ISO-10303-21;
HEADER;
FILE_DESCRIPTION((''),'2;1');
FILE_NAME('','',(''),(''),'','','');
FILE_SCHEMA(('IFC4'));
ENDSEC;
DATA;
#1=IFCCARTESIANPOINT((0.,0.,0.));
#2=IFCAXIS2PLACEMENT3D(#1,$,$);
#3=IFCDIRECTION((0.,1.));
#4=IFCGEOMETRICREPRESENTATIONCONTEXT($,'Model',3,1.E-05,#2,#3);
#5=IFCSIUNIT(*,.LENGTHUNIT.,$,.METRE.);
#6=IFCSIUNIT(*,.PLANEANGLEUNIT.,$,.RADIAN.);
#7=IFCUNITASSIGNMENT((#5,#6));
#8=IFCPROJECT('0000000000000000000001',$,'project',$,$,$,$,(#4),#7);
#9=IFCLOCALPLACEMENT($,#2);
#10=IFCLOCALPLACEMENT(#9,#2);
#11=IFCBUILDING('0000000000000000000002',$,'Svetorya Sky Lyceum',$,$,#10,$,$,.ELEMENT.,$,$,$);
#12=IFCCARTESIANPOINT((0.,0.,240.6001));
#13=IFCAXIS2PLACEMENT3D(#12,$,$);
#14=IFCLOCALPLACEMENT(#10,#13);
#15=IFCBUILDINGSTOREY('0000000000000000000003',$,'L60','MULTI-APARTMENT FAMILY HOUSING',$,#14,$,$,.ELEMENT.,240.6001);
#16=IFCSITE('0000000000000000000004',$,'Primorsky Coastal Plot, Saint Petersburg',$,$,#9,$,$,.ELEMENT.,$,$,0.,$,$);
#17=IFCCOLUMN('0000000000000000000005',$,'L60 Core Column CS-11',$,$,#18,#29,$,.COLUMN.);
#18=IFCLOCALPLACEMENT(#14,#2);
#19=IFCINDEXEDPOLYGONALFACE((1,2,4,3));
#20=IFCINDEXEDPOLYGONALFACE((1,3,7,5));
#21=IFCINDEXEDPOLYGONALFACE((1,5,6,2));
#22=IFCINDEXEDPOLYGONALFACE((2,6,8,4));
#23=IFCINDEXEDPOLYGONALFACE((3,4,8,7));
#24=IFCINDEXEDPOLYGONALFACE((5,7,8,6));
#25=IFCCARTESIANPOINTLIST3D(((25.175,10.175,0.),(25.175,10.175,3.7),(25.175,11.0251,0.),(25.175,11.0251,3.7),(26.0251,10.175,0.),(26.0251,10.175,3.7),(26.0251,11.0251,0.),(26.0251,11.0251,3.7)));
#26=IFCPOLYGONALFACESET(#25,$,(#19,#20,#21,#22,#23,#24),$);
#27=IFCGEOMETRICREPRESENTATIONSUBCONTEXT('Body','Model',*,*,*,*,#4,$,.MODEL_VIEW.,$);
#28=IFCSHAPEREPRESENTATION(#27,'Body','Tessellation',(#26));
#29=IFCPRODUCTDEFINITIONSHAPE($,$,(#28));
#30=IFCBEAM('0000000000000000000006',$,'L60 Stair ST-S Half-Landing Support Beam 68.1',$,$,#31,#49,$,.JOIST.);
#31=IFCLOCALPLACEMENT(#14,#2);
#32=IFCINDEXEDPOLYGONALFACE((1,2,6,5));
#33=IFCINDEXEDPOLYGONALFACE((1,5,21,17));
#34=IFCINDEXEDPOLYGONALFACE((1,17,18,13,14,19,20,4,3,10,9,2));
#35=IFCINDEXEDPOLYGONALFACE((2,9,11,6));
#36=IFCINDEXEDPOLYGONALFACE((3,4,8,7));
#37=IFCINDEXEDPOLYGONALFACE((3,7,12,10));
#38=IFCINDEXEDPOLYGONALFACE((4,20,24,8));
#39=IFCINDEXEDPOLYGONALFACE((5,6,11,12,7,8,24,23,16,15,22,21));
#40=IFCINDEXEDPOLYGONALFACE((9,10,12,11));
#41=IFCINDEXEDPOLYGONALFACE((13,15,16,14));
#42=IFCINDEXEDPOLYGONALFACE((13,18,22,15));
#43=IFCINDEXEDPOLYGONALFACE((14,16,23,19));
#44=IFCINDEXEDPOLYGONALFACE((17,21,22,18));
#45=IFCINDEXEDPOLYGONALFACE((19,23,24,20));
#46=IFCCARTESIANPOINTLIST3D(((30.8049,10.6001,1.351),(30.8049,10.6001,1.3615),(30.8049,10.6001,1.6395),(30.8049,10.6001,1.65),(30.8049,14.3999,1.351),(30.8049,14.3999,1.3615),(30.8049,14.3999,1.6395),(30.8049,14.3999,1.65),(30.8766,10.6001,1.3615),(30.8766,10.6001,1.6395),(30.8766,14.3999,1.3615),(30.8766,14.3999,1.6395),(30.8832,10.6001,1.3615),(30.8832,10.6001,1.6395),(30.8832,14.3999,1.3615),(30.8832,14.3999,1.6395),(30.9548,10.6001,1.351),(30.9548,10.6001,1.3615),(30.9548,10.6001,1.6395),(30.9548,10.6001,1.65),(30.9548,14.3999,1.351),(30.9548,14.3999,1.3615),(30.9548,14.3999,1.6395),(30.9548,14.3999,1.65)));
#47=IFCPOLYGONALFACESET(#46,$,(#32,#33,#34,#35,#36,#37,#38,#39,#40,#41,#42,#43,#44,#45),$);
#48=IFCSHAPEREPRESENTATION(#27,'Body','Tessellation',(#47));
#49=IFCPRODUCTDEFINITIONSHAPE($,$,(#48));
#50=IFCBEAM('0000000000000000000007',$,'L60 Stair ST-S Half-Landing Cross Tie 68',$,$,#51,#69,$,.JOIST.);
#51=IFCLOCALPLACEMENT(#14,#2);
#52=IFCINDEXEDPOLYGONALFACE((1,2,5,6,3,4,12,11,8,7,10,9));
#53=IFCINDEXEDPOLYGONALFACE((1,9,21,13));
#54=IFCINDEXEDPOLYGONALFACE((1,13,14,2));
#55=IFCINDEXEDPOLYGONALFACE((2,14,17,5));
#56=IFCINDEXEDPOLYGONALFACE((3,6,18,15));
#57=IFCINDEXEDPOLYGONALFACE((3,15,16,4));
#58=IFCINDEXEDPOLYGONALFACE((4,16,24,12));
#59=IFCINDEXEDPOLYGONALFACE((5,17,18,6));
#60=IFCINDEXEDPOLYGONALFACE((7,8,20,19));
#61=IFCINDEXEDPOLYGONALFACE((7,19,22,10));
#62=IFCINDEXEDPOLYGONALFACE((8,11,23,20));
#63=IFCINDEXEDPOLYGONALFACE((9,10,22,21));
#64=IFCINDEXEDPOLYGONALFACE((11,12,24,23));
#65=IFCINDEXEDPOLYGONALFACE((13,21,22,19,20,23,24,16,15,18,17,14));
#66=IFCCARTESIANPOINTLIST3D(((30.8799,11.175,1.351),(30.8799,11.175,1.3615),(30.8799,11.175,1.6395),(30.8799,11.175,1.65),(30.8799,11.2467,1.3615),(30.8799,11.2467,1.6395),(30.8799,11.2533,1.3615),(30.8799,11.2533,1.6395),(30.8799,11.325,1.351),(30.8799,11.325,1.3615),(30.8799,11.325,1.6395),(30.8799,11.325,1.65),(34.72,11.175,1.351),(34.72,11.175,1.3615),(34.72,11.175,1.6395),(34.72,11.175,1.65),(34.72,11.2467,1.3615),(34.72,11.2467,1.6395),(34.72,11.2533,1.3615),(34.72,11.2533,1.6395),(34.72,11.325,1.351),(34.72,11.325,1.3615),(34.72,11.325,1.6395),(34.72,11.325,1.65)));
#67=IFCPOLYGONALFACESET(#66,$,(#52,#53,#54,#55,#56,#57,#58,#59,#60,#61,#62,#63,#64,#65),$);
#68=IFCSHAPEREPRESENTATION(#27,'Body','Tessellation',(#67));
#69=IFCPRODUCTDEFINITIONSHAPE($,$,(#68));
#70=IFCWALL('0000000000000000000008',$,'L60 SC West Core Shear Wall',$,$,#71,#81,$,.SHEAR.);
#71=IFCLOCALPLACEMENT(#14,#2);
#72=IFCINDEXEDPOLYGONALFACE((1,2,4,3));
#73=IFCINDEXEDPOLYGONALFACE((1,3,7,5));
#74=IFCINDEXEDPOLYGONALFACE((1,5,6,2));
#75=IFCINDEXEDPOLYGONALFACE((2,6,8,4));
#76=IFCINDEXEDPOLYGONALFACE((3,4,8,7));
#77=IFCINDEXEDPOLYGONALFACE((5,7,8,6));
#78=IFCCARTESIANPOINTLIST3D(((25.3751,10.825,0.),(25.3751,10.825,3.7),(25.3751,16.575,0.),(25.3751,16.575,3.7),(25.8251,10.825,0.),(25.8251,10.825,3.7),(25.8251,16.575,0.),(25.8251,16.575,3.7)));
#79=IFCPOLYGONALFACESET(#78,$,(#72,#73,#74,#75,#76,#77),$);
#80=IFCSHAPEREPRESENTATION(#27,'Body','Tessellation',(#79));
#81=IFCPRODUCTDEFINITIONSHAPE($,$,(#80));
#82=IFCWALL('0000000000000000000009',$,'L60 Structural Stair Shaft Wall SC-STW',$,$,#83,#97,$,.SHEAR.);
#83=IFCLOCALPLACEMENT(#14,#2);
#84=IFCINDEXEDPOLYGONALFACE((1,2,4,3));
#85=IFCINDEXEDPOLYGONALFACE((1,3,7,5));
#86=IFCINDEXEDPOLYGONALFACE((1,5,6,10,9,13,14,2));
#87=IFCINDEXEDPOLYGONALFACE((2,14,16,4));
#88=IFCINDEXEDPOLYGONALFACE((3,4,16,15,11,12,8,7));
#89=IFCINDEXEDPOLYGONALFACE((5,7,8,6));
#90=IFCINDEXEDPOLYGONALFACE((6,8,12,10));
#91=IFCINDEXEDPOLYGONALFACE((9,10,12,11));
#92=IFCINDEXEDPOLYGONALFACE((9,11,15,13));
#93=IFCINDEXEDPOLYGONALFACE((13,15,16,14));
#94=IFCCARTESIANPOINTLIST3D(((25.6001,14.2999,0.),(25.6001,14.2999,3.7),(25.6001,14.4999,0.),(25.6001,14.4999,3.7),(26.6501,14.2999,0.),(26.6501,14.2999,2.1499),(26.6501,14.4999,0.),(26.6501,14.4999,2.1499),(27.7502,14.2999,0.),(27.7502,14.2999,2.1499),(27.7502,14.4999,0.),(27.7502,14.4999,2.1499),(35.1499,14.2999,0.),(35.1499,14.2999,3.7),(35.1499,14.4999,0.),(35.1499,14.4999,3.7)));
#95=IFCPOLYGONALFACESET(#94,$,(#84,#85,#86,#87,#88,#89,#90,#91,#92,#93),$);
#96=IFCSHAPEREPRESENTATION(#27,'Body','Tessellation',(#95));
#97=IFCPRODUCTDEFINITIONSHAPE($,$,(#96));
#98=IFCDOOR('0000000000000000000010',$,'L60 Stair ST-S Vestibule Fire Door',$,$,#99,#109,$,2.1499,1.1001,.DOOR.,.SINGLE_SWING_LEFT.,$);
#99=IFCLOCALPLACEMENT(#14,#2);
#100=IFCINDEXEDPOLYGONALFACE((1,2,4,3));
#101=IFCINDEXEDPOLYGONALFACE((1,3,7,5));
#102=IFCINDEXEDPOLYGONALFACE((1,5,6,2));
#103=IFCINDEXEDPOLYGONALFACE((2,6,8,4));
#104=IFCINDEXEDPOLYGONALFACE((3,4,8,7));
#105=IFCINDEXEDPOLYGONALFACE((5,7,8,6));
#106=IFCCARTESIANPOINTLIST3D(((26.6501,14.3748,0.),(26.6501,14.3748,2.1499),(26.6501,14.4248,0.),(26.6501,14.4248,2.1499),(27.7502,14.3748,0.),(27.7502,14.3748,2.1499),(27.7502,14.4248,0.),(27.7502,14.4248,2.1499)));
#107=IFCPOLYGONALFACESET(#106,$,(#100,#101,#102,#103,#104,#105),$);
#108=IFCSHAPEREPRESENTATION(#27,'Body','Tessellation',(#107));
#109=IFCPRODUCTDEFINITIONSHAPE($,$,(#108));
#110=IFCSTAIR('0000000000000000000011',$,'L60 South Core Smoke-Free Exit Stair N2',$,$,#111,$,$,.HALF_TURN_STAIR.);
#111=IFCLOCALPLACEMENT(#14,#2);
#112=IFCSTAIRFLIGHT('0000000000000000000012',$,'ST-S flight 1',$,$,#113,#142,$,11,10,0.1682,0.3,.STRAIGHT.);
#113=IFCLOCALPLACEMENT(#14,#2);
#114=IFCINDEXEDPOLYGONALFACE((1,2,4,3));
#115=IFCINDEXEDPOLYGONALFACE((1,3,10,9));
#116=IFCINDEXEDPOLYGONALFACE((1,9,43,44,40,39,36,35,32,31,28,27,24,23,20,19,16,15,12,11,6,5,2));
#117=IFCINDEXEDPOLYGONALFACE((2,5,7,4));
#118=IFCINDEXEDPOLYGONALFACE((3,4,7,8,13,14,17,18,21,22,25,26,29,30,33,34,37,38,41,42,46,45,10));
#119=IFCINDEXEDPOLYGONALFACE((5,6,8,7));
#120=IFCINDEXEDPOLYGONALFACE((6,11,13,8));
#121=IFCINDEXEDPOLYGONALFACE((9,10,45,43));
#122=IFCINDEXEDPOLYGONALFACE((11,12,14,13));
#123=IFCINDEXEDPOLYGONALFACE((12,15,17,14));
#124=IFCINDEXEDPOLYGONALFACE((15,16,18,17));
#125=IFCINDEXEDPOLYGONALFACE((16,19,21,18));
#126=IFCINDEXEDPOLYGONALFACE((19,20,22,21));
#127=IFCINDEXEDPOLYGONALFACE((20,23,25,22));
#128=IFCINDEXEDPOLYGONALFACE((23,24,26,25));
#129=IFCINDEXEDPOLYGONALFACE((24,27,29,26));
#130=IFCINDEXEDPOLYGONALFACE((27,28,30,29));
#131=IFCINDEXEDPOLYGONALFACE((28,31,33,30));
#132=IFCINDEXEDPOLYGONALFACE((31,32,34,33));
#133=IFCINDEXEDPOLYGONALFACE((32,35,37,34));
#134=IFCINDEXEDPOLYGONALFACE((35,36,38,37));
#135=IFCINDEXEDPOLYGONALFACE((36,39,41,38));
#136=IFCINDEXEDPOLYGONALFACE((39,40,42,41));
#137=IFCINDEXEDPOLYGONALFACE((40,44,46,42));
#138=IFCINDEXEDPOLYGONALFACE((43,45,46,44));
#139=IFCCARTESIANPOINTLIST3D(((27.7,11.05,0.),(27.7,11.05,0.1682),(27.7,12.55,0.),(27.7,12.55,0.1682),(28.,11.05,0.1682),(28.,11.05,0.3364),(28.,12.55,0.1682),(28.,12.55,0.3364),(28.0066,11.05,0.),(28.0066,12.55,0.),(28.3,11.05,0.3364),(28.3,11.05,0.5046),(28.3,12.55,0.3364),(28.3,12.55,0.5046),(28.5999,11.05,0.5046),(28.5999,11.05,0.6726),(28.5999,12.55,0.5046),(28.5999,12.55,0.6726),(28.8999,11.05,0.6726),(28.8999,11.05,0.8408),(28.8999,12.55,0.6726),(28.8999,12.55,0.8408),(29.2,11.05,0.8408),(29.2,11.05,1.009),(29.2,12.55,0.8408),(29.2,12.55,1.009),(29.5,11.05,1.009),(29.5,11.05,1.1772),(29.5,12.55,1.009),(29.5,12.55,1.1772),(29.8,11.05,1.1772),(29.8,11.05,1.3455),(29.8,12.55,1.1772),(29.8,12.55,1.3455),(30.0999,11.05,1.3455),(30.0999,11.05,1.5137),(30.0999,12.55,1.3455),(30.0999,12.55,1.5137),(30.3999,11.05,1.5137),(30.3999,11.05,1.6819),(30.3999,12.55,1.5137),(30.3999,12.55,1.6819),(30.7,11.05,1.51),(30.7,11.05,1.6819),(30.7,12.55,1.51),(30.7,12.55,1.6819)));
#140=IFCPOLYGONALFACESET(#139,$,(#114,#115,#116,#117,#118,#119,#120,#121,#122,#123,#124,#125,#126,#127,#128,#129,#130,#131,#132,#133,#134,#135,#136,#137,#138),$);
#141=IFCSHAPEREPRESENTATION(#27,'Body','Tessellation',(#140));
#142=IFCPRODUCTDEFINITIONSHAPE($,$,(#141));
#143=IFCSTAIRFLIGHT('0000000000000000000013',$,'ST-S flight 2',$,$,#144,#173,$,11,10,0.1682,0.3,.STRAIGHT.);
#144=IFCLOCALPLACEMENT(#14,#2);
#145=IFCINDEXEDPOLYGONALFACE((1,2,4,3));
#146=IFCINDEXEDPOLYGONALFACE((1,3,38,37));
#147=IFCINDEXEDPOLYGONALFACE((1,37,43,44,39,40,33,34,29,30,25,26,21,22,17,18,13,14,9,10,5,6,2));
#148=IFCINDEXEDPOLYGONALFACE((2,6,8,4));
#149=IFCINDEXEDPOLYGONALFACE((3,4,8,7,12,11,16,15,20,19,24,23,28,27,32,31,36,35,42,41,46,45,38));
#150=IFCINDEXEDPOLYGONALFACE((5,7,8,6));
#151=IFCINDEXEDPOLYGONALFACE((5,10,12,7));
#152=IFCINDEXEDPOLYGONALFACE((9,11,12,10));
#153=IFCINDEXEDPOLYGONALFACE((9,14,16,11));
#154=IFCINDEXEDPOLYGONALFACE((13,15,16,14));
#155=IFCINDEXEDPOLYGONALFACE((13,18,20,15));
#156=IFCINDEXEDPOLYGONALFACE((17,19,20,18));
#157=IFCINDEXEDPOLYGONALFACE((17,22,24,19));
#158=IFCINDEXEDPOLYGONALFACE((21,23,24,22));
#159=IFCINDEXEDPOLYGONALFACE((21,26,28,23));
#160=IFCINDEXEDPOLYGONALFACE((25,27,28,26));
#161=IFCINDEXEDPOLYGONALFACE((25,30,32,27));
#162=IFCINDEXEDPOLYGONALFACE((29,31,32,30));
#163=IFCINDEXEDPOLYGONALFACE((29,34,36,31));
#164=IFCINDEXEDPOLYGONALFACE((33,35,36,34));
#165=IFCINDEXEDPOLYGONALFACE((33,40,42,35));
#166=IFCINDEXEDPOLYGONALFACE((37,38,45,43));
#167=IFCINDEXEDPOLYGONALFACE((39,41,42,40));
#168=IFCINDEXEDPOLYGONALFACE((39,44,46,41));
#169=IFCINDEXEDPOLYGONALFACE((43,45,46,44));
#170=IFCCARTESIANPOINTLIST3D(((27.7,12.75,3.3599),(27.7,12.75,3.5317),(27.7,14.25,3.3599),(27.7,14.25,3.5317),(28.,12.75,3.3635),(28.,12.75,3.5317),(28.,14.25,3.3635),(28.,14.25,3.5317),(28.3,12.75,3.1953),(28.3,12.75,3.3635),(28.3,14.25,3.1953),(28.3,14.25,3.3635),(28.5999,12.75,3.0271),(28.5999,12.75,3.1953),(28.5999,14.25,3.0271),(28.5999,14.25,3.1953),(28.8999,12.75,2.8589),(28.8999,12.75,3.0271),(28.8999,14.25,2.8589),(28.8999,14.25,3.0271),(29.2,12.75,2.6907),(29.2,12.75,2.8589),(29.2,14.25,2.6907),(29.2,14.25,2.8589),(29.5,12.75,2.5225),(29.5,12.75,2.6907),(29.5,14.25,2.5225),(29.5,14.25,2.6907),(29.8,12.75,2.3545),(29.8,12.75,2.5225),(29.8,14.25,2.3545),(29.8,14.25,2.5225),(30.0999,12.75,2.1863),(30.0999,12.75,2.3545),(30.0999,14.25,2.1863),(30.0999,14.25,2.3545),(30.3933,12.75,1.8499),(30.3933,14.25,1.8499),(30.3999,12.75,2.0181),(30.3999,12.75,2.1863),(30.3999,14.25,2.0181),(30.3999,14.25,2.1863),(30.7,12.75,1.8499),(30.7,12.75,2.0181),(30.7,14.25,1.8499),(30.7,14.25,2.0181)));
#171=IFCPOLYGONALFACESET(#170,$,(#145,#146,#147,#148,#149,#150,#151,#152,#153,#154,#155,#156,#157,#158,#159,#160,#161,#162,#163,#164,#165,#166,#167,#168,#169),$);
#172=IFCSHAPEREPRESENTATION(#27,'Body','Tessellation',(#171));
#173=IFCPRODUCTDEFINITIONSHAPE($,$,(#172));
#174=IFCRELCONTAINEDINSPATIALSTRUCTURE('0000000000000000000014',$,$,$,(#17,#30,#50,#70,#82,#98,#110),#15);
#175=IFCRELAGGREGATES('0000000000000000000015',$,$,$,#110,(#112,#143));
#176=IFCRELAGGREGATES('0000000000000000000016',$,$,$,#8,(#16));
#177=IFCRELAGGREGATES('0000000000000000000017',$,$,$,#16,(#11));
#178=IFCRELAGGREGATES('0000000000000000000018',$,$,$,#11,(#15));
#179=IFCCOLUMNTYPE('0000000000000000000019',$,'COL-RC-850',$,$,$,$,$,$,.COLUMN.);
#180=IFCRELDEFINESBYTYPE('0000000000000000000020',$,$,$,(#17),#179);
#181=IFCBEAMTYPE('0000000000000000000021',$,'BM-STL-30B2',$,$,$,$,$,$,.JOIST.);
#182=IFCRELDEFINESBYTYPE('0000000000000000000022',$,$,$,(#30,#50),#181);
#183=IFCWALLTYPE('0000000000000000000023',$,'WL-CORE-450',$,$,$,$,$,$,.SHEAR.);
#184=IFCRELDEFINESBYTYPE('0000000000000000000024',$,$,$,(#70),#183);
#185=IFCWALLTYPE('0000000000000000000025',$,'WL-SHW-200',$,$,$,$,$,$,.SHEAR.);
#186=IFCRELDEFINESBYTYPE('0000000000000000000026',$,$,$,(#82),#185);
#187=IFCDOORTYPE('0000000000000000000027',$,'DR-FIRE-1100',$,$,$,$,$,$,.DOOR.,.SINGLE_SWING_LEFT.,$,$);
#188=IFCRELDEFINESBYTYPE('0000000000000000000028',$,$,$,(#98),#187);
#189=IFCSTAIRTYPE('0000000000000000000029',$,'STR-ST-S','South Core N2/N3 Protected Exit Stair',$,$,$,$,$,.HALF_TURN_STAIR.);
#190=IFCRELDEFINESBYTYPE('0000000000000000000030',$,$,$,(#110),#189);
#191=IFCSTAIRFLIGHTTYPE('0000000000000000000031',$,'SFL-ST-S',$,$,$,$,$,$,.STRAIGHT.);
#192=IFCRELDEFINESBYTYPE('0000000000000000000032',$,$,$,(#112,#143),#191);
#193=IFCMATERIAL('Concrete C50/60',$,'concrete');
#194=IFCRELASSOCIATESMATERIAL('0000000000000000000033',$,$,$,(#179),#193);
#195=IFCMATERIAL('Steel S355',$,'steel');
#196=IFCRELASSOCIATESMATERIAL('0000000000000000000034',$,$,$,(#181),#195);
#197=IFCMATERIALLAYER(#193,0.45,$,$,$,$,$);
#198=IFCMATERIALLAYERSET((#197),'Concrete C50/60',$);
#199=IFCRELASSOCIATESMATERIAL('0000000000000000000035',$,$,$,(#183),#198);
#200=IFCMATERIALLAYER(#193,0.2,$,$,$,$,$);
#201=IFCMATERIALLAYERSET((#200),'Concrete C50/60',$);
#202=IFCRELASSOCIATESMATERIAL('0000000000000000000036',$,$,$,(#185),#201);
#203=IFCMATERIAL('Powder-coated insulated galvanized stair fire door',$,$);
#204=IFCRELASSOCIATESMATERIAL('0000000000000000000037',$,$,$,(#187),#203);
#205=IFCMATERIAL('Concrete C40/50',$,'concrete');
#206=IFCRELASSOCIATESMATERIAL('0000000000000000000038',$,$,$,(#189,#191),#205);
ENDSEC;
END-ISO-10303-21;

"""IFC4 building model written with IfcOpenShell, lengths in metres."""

from ifc_helpers import new_model, si_unit, direction, frame, frame_2d, origin, origin_2d, place, context, subcontext, project, spatial, polyline, rectangle, i_section, outline, extrude, material, layer, layer_set, material_profile, profile_set, type_object, element, fill, aggregate, save


model = new_model("IFC4")

# Units and contexts
model_context = context("Model", 3, precision=1e-05, world=origin(), true_north=direction((0.0, 1.0)))
body_context = subcontext(model_context, "Body", "Model", "MODEL_VIEW")
ifc_project = project(units=[si_unit("LENGTHUNIT", "METRE"), si_unit("PLANEANGLEUNIT", "RADIAN")], contexts=[model_context])

# Site, building, storey
site_placement = place(None, origin())
site = spatial("IfcSite", under=ifc_project, at=site_placement, Name="Primorsky Coastal Plot, Saint Petersburg", CompositionType="ELEMENT", RefElevation=0.0)
building_placement = place(site_placement, origin())
building = spatial("IfcBuilding", under=site, at=building_placement, Name="Svetorya Sky Lyceum", CompositionType="ELEMENT")
storey_placement = place(building_placement, frame((0.0, 0.0, 240.6001)))
storey = spatial("IfcBuildingStorey", under=building, at=storey_placement, Name="L60", Description="MULTI-APARTMENT FAMILY HOUSING", CompositionType="ELEMENT", Elevation=240.6001)

# Column
ifc_material_1 = material(Name="Concrete C50/60", Category="concrete")
ifc_material_profile_1 = material_profile(ifc_material_1, rectangle(XDim=0.8501, YDim=0.8501, at=origin_2d()), Name="RC COL 850x850")
ifc_profile_set_1 = profile_set([ifc_material_profile_1], Name="Concrete C50/60")
column_type = type_object("IfcColumnType", Name="COL-RC-850", PredefinedType="COLUMN", material=ifc_profile_set_1)
column_placement = place(storey_placement, frame((25.6001, 10.6001, 0.0), z_axis=(0.0, 0.0, 1.0), x_axis=(1.0, 0.0, 0.0)))
element("IfcColumn", 1, at=column_placement, inside=storey, type_object=column_type, Name="L60 Core Column CS-11", PredefinedType="COLUMN", context=body_context, shape_type="SweptSolid", body=[
    extrude(rectangle(XDim=0.8501, YDim=0.8501, at=origin_2d()), origin(), (0.0, 0.0, 1.0), 3.7),
])

# Beams
ifc_material_2 = material(Name="Steel S355", Category="steel")
ifc_material_profile_2 = material_profile(ifc_material_2, i_section(OverallWidth=0.1499, OverallDepth=0.2991, WebThickness=0.0066, FlangeThickness=0.0105, at=origin_2d()), Name="GOST 30B2")
ifc_profile_set_2 = profile_set([ifc_material_profile_2], Name="Steel S355")
beam_type = type_object("IfcBeamType", Name="BM-STL-30B2", PredefinedType="JOIST", material=ifc_profile_set_2)
beam_1_placement = place(storey_placement, frame((30.8799, 10.6001, 1.5005), z_axis=(0.0, 1.0, 0.0), x_axis=(-1.0, 0.0, 0.0)))
element("IfcBeam", 2, at=beam_1_placement, inside=storey, type_object=beam_type, Name="L60 Stair ST-S Half-Landing Support Beam 68.1", PredefinedType="JOIST", context=body_context, shape_type="SweptSolid", body=[
    extrude(i_section(OverallWidth=0.1499, OverallDepth=0.2991, WebThickness=0.0066, FlangeThickness=0.0105, at=origin_2d()), origin(), (0.0, 0.0, 1.0), 3.7998),
])
beam_2_placement = place(storey_placement, frame((30.8799, 11.25, 1.5005), z_axis=(1.0, 0.0, 0.0), x_axis=(0.0, 1.0, 0.0)))
element("IfcBeam", 3, at=beam_2_placement, inside=storey, type_object=beam_type, Name="L60 Stair ST-S Half-Landing Cross Tie 68", PredefinedType="JOIST", context=body_context, shape_type="SweptSolid", body=[
    extrude(i_section(OverallWidth=0.1499, OverallDepth=0.2991, WebThickness=0.0066, FlangeThickness=0.0105, at=origin_2d()), origin(), (0.0, 0.0, 1.0), 3.8401),
])

# Wall
ifc_layer_1 = layer(ifc_material_1, 0.45)
ifc_layer_set_1 = layer_set([ifc_layer_1], Name="Concrete C50/60")
wall_type_1 = type_object("IfcWallType", Name="WL-CORE-450", PredefinedType="SHEAR", material=ifc_layer_set_1)
wall_1_placement = place(storey_placement, frame((25.6001, 10.825, 0.0), z_axis=(0.0, 0.0, 1.0), x_axis=(0.0, 1.0, 0.0)))
element("IfcWall", 4, at=wall_1_placement, inside=storey, type_object=wall_type_1, Name="L60 SC West Core Shear Wall", PredefinedType="SHEAR", context=body_context, shape_type="SweptSolid", body=[
    extrude(rectangle(XDim=5.75, YDim=0.45, at=frame_2d((2.875, 0.0))), origin(), (0.0, 0.0, 1.0), 3.7),
])

# Wall, opening, door
ifc_layer_2 = layer(ifc_material_1, 0.2)
ifc_layer_set_2 = layer_set([ifc_layer_2], Name="Concrete C50/60")
wall_type_2 = type_object("IfcWallType", Name="WL-SHW-200", PredefinedType="SHEAR", material=ifc_layer_set_2)
wall_2_placement = place(storey_placement, frame((25.6001, 14.3999, 0.0), z_axis=(0.0, 0.0, 1.0), x_axis=(1.0, 0.0, 0.0)))
wall_2 = element("IfcWall", 5, at=wall_2_placement, inside=storey, type_object=wall_type_2, Name="L60 Structural Stair Shaft Wall SC-STW", PredefinedType="SHEAR", context=body_context, shape_type="SweptSolid", body=[
    extrude(rectangle(XDim=9.5498, YDim=0.2, at=frame_2d((4.7749, 0.0))), origin(), (0.0, 0.0, 1.0), 3.7),
])
opening_placement = place(wall_2_placement, frame((1.05, 0.0, 0.0)))
opening = element("IfcOpeningElement", 6, at=opening_placement, cuts=wall_2, PredefinedType="OPENING", context=body_context, shape_type="SweptSolid", body=[
    extrude(rectangle(XDim=1.1001, YDim=2.1499, at=frame_2d((0.55, 1.075))), frame((0.0, 0.1099, 0.0), z_axis=(0.0, -1.0, 0.0), x_axis=(1.0, 0.0, 0.0)), (0.0, 0.0, 1.0), 0.22),
])
ifc_material_3 = material(Name="Powder-coated insulated galvanized stair fire door")
door_type = type_object("IfcDoorType", Name="DR-FIRE-1100", OperationType="SINGLE_SWING_LEFT", PredefinedType="DOOR", material=ifc_material_3)
door_placement = place(opening_placement, origin())
door = element("IfcDoor", 7, at=door_placement, inside=storey, type_object=door_type, Name="L60 Stair ST-S Vestibule Fire Door", OperationType="SINGLE_SWING_LEFT", OverallHeight=2.1499, OverallWidth=1.1001, PredefinedType="DOOR", context=body_context, shape_type="SweptSolid", body=[
    extrude(rectangle(XDim=1.1001, YDim=2.1499, at=frame_2d((0.55, 1.075))), frame((0.0, 0.0249, 0.0), z_axis=(0.0, -1.0, 0.0), x_axis=(1.0, 0.0, 0.0)), (0.0, 0.0, 1.0), 0.05),
])
fill(opening, door)

# Stair, stair flights
ifc_material_4 = material(Name="Concrete C40/50", Category="concrete")
stair_type = type_object("IfcStairType", Name="STR-ST-S", Description="South Core N2/N3 Protected Exit Stair", PredefinedType="HALF_TURN_STAIR", material=ifc_material_4)
stair_placement = place(storey_placement, origin())
stair = element("IfcStair", 8, at=stair_placement, inside=storey, type_object=stair_type, Name="L60 South Core Smoke-Free Exit Stair N2", PredefinedType="HALF_TURN_STAIR")
stair_flight_type = type_object("IfcStairFlightType", Name="SFL-ST-S", PredefinedType="STRAIGHT", material=ifc_material_4)
stair_flight_1_placement = place(storey_placement, frame((27.7, 11.8, 0.0), z_axis=(0.0, 0.0, 1.0), x_axis=(1.0, 0.0, 0.0)))
stair_flight_1 = element("IfcStairFlight", 9, at=stair_flight_1_placement, type_object=stair_flight_type, Name="ST-S flight 1", NumberOfRisers=11, NumberOfTreads=10, PredefinedType="STRAIGHT", RiserHeight=0.1682, TreadLength=0.3, context=body_context, shape_type="SweptSolid", body=[
    extrude(outline(polyline([(0.0, 0.0), (0.0, 0.1682), (0.3, 0.1682), (0.3, 0.3364), (0.6001, 0.3364), (0.6001, 0.5046), (0.8999, 0.5046), (0.8999, 0.6726), (1.2, 0.6726), (1.2, 0.8408), (1.5, 0.8408), (1.5, 1.009), (1.8, 1.009), (1.8, 1.1772), (2.1001, 1.1772), (2.1001, 1.3455), (2.3999, 1.3455), (2.3999, 1.5137), (2.7, 1.5137), (2.7, 1.6819), (3.0, 1.6819), (3.0, 1.8501), (3.0, 1.51), (0.3066, 0.0), (0.0, 0.0)])), frame((0.0, 0.75, 0.0), z_axis=(0.0, -1.0, 0.0), x_axis=(1.0, 0.0, 0.0)), (0.0, 0.0, 1.0), 1.5),
])
stair_flight_2_placement = place(storey_placement, frame((30.7, 13.5, 1.8499), z_axis=(0.0, 0.0, 1.0), x_axis=(-1.0, 0.0, 0.0)))
stair_flight_2 = element("IfcStairFlight", 10, at=stair_flight_2_placement, type_object=stair_flight_type, Name="ST-S flight 2", NumberOfRisers=11, NumberOfTreads=10, PredefinedType="STRAIGHT", RiserHeight=0.1682, TreadLength=0.3, context=body_context, shape_type="SweptSolid", body=[
    extrude(outline(polyline([(0.0, 0.0), (0.0, 0.1682), (0.3, 0.1682), (0.3, 0.3364), (0.6001, 0.3364), (0.6001, 0.5046), (0.8999, 0.5046), (0.8999, 0.6726), (1.2, 0.6726), (1.2, 0.8408), (1.5, 0.8408), (1.5, 1.009), (1.8, 1.009), (1.8, 1.1772), (2.1001, 1.1772), (2.1001, 1.3455), (2.3999, 1.3455), (2.3999, 1.5137), (2.7, 1.5137), (2.7, 1.6819), (3.0, 1.6819), (3.0, 1.8501), (3.0, 1.51), (0.3066, 0.0), (0.0, 0.0)])), frame((0.0, 0.75, 0.0), z_axis=(0.0, -1.0, 0.0), x_axis=(1.0, 0.0, 0.0)), (0.0, 0.0, 1.0), 1.5),
])
aggregate(stair, [stair_flight_1, stair_flight_2])

save(model, "model.ifc")
